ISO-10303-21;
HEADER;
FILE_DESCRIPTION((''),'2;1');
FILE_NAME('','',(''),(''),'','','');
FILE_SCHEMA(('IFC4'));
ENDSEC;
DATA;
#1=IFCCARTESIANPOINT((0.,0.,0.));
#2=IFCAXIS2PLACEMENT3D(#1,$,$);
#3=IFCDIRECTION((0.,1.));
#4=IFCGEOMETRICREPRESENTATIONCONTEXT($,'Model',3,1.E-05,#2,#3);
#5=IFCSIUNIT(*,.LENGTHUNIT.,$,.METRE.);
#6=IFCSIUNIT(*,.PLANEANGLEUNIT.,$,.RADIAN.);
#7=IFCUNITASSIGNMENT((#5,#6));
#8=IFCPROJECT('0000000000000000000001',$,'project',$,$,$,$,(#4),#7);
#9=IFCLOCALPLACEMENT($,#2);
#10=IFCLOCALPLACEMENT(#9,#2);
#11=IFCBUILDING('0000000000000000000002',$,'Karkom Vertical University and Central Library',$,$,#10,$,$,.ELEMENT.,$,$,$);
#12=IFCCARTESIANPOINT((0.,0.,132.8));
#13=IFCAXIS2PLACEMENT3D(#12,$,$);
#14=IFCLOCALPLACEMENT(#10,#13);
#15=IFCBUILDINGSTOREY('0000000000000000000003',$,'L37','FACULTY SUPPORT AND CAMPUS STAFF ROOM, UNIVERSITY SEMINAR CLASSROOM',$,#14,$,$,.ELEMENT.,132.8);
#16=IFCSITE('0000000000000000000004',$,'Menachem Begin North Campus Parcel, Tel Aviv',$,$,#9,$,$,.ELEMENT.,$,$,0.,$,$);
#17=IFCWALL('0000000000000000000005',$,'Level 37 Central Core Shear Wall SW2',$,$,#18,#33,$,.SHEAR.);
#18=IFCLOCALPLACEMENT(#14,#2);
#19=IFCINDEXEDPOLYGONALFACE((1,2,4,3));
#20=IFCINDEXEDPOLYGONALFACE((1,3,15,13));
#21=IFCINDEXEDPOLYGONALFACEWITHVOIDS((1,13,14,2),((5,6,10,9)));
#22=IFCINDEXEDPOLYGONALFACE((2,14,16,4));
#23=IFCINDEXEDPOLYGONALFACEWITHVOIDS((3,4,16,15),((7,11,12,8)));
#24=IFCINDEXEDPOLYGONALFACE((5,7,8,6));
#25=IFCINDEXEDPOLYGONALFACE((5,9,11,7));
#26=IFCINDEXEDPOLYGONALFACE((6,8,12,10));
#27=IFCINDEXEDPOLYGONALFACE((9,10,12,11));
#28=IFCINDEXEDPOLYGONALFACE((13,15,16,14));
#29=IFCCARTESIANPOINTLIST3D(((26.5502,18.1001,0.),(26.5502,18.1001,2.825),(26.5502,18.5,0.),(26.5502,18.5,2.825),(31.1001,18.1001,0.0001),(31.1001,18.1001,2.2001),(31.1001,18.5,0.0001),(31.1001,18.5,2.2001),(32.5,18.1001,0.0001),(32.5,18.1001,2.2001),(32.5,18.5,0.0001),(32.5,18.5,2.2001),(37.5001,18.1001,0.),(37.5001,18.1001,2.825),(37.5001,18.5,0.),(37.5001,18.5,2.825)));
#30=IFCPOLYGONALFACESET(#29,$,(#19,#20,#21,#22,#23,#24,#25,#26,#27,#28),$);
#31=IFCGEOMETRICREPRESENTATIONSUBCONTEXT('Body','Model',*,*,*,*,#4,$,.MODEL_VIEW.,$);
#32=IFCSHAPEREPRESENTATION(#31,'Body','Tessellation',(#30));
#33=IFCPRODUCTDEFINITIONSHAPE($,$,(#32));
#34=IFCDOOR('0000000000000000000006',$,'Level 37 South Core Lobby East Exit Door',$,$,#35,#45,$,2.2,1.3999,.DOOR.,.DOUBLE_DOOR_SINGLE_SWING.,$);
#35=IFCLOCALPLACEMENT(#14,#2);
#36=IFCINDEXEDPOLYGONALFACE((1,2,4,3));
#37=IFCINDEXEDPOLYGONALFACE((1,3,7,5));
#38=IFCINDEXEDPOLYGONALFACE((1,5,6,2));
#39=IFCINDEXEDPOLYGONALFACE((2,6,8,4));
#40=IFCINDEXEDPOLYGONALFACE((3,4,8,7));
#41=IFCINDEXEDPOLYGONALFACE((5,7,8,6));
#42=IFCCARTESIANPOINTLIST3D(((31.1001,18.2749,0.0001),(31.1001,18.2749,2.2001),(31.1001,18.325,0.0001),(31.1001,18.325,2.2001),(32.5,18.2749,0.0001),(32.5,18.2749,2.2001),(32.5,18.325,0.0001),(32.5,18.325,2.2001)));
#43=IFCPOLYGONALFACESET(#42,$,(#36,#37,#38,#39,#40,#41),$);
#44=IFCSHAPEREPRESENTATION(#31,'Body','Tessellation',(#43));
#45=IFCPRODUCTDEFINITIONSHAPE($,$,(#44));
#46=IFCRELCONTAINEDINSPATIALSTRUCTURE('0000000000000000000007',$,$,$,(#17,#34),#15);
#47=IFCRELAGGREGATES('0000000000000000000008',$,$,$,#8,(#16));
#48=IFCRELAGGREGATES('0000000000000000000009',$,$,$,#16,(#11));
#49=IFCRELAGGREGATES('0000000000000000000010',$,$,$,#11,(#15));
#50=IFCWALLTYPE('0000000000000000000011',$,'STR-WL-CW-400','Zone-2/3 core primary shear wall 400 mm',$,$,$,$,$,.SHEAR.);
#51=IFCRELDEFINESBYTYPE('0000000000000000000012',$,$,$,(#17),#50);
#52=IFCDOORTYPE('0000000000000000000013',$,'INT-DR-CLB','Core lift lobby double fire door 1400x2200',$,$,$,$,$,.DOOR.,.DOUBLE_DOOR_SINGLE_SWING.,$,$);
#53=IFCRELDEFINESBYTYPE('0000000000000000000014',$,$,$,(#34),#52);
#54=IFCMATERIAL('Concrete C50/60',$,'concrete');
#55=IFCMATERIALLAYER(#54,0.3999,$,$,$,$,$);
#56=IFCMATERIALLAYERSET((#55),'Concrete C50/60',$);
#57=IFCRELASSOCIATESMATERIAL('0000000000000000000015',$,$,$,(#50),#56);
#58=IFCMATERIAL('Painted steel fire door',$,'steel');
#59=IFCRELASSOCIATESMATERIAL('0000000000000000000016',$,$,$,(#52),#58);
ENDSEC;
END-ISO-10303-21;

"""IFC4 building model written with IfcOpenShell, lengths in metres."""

from ifc_helpers import new_model, si_unit, direction, frame, frame_2d, origin, origin_with_axes, place, context, subcontext, project, spatial, rectangle, extrude, source, transform, mapped, material, layer, layer_set, type_object, element, fill, save


model = new_model("IFC4")

# Units and contexts
model_context = context("Model", 3, precision=1e-05, world=origin(), true_north=direction((0.0, 1.0)))
body_context = subcontext(model_context, "Body", "Model", "MODEL_VIEW")
ifc_project = project(units=[si_unit("LENGTHUNIT", "METRE"), si_unit("PLANEANGLEUNIT", "RADIAN")], contexts=[model_context])

# Site, building, storey
site_placement = place(None, origin())
site = spatial("IfcSite", under=ifc_project, at=site_placement, Name="Menachem Begin North Campus Parcel, Tel Aviv", CompositionType="ELEMENT", RefElevation=0.0)
building_placement = place(site_placement, origin())
building = spatial("IfcBuilding", under=site, at=building_placement, Name="Karkom Vertical University and Central Library", CompositionType="ELEMENT")
storey_placement = place(building_placement, frame((0.0, 0.0, 132.8)))
storey = spatial("IfcBuildingStorey", under=building, at=storey_placement, Name="L37", Description="FACULTY SUPPORT AND CAMPUS STAFF ROOM, UNIVERSITY SEMINAR CLASSROOM", CompositionType="ELEMENT", Elevation=132.8)

# Shared definitions
ifc_material_1 = material(Name="Concrete C50/60", Category="concrete")

# Wall, opening, door
ifc_layer_1 = layer(ifc_material_1, 0.3999)
ifc_layer_set_1 = layer_set([ifc_layer_1], Name="Concrete C50/60")
wall_type_1 = type_object("IfcWallType", Name="STR-WL-CW-400", Description="Zone-2/3 core primary shear wall 400 mm", PredefinedType="SHEAR", material=ifc_layer_set_1)
ifc_material_2 = material(Name="Painted steel fire door", Category="steel")
door_type_1 = type_object("IfcDoorType", Name="INT-DR-CLB", Description="Core lift lobby double fire door 1400x2200", OperationType="DOUBLE_DOOR_SINGLE_SWING", PredefinedType="DOOR", material=ifc_material_2)
shared_shape_1 = source(origin_with_axes(), body_context, "Body", "SweptSolid", [
    extrude(rectangle(XDim=1.3999, YDim=2.2, at=frame_2d((0.7, 1.1001))), frame((0.0, 0.0249, 0.0), z_axis=(0.0, -1.0, 0.0), x_axis=(1.0, 0.0, 0.0)), (0.0, 0.0, 1.0), 0.05),
])
wall_1_placement = place(storey_placement, frame((26.55, 18.3, 0.0), z_axis=(0.0, 0.0, 1.0), x_axis=(1.0, 0.0, 0.0)))
wall_1 = element("IfcWall", 1, at=wall_1_placement, inside=storey, type_object=wall_type_1, Name="Level 37 Central Core Shear Wall SW2", PredefinedType="SHEAR", context=body_context, shape_type="SweptSolid", body=[
    extrude(rectangle(XDim=10.95, YDim=0.3999, at=frame_2d((5.4751, 0.0))), origin(), (0.0, 0.0, 1.0), 2.825),
])
opening_1_placement = place(wall_1_placement, frame((4.55, 0.0, 0.0)))
opening_1 = element("IfcOpeningElement", 2, at=opening_1_placement, cuts=wall_1, PredefinedType="OPENING", context=body_context, shape_type="SweptSolid", body=[
    extrude(rectangle(XDim=1.3999, YDim=2.2, at=frame_2d((0.7, 1.1001))), frame((0.0, 0.21, 0.0), z_axis=(0.0, -1.0, 0.0), x_axis=(1.0, 0.0, 0.0)), (0.0, 0.0, 1.0), 0.4199),
])
door_1_placement = place(opening_1_placement, origin())
door_1 = element("IfcDoor", 3, at=door_1_placement, inside=storey, type_object=door_type_1, Name="Level 37 South Core Lobby East Exit Door", OperationType="DOUBLE_DOOR_SINGLE_SWING", OverallHeight=2.2, OverallWidth=1.3999, PredefinedType="DOOR", context=body_context, shape_type="MappedRepresentation", body=[
    mapped(shared_shape_1, transform((0.0, 0.0, 0.0), scale=1.0)),
])
fill(opening_1, door_1)

save(model, "model.ifc")
